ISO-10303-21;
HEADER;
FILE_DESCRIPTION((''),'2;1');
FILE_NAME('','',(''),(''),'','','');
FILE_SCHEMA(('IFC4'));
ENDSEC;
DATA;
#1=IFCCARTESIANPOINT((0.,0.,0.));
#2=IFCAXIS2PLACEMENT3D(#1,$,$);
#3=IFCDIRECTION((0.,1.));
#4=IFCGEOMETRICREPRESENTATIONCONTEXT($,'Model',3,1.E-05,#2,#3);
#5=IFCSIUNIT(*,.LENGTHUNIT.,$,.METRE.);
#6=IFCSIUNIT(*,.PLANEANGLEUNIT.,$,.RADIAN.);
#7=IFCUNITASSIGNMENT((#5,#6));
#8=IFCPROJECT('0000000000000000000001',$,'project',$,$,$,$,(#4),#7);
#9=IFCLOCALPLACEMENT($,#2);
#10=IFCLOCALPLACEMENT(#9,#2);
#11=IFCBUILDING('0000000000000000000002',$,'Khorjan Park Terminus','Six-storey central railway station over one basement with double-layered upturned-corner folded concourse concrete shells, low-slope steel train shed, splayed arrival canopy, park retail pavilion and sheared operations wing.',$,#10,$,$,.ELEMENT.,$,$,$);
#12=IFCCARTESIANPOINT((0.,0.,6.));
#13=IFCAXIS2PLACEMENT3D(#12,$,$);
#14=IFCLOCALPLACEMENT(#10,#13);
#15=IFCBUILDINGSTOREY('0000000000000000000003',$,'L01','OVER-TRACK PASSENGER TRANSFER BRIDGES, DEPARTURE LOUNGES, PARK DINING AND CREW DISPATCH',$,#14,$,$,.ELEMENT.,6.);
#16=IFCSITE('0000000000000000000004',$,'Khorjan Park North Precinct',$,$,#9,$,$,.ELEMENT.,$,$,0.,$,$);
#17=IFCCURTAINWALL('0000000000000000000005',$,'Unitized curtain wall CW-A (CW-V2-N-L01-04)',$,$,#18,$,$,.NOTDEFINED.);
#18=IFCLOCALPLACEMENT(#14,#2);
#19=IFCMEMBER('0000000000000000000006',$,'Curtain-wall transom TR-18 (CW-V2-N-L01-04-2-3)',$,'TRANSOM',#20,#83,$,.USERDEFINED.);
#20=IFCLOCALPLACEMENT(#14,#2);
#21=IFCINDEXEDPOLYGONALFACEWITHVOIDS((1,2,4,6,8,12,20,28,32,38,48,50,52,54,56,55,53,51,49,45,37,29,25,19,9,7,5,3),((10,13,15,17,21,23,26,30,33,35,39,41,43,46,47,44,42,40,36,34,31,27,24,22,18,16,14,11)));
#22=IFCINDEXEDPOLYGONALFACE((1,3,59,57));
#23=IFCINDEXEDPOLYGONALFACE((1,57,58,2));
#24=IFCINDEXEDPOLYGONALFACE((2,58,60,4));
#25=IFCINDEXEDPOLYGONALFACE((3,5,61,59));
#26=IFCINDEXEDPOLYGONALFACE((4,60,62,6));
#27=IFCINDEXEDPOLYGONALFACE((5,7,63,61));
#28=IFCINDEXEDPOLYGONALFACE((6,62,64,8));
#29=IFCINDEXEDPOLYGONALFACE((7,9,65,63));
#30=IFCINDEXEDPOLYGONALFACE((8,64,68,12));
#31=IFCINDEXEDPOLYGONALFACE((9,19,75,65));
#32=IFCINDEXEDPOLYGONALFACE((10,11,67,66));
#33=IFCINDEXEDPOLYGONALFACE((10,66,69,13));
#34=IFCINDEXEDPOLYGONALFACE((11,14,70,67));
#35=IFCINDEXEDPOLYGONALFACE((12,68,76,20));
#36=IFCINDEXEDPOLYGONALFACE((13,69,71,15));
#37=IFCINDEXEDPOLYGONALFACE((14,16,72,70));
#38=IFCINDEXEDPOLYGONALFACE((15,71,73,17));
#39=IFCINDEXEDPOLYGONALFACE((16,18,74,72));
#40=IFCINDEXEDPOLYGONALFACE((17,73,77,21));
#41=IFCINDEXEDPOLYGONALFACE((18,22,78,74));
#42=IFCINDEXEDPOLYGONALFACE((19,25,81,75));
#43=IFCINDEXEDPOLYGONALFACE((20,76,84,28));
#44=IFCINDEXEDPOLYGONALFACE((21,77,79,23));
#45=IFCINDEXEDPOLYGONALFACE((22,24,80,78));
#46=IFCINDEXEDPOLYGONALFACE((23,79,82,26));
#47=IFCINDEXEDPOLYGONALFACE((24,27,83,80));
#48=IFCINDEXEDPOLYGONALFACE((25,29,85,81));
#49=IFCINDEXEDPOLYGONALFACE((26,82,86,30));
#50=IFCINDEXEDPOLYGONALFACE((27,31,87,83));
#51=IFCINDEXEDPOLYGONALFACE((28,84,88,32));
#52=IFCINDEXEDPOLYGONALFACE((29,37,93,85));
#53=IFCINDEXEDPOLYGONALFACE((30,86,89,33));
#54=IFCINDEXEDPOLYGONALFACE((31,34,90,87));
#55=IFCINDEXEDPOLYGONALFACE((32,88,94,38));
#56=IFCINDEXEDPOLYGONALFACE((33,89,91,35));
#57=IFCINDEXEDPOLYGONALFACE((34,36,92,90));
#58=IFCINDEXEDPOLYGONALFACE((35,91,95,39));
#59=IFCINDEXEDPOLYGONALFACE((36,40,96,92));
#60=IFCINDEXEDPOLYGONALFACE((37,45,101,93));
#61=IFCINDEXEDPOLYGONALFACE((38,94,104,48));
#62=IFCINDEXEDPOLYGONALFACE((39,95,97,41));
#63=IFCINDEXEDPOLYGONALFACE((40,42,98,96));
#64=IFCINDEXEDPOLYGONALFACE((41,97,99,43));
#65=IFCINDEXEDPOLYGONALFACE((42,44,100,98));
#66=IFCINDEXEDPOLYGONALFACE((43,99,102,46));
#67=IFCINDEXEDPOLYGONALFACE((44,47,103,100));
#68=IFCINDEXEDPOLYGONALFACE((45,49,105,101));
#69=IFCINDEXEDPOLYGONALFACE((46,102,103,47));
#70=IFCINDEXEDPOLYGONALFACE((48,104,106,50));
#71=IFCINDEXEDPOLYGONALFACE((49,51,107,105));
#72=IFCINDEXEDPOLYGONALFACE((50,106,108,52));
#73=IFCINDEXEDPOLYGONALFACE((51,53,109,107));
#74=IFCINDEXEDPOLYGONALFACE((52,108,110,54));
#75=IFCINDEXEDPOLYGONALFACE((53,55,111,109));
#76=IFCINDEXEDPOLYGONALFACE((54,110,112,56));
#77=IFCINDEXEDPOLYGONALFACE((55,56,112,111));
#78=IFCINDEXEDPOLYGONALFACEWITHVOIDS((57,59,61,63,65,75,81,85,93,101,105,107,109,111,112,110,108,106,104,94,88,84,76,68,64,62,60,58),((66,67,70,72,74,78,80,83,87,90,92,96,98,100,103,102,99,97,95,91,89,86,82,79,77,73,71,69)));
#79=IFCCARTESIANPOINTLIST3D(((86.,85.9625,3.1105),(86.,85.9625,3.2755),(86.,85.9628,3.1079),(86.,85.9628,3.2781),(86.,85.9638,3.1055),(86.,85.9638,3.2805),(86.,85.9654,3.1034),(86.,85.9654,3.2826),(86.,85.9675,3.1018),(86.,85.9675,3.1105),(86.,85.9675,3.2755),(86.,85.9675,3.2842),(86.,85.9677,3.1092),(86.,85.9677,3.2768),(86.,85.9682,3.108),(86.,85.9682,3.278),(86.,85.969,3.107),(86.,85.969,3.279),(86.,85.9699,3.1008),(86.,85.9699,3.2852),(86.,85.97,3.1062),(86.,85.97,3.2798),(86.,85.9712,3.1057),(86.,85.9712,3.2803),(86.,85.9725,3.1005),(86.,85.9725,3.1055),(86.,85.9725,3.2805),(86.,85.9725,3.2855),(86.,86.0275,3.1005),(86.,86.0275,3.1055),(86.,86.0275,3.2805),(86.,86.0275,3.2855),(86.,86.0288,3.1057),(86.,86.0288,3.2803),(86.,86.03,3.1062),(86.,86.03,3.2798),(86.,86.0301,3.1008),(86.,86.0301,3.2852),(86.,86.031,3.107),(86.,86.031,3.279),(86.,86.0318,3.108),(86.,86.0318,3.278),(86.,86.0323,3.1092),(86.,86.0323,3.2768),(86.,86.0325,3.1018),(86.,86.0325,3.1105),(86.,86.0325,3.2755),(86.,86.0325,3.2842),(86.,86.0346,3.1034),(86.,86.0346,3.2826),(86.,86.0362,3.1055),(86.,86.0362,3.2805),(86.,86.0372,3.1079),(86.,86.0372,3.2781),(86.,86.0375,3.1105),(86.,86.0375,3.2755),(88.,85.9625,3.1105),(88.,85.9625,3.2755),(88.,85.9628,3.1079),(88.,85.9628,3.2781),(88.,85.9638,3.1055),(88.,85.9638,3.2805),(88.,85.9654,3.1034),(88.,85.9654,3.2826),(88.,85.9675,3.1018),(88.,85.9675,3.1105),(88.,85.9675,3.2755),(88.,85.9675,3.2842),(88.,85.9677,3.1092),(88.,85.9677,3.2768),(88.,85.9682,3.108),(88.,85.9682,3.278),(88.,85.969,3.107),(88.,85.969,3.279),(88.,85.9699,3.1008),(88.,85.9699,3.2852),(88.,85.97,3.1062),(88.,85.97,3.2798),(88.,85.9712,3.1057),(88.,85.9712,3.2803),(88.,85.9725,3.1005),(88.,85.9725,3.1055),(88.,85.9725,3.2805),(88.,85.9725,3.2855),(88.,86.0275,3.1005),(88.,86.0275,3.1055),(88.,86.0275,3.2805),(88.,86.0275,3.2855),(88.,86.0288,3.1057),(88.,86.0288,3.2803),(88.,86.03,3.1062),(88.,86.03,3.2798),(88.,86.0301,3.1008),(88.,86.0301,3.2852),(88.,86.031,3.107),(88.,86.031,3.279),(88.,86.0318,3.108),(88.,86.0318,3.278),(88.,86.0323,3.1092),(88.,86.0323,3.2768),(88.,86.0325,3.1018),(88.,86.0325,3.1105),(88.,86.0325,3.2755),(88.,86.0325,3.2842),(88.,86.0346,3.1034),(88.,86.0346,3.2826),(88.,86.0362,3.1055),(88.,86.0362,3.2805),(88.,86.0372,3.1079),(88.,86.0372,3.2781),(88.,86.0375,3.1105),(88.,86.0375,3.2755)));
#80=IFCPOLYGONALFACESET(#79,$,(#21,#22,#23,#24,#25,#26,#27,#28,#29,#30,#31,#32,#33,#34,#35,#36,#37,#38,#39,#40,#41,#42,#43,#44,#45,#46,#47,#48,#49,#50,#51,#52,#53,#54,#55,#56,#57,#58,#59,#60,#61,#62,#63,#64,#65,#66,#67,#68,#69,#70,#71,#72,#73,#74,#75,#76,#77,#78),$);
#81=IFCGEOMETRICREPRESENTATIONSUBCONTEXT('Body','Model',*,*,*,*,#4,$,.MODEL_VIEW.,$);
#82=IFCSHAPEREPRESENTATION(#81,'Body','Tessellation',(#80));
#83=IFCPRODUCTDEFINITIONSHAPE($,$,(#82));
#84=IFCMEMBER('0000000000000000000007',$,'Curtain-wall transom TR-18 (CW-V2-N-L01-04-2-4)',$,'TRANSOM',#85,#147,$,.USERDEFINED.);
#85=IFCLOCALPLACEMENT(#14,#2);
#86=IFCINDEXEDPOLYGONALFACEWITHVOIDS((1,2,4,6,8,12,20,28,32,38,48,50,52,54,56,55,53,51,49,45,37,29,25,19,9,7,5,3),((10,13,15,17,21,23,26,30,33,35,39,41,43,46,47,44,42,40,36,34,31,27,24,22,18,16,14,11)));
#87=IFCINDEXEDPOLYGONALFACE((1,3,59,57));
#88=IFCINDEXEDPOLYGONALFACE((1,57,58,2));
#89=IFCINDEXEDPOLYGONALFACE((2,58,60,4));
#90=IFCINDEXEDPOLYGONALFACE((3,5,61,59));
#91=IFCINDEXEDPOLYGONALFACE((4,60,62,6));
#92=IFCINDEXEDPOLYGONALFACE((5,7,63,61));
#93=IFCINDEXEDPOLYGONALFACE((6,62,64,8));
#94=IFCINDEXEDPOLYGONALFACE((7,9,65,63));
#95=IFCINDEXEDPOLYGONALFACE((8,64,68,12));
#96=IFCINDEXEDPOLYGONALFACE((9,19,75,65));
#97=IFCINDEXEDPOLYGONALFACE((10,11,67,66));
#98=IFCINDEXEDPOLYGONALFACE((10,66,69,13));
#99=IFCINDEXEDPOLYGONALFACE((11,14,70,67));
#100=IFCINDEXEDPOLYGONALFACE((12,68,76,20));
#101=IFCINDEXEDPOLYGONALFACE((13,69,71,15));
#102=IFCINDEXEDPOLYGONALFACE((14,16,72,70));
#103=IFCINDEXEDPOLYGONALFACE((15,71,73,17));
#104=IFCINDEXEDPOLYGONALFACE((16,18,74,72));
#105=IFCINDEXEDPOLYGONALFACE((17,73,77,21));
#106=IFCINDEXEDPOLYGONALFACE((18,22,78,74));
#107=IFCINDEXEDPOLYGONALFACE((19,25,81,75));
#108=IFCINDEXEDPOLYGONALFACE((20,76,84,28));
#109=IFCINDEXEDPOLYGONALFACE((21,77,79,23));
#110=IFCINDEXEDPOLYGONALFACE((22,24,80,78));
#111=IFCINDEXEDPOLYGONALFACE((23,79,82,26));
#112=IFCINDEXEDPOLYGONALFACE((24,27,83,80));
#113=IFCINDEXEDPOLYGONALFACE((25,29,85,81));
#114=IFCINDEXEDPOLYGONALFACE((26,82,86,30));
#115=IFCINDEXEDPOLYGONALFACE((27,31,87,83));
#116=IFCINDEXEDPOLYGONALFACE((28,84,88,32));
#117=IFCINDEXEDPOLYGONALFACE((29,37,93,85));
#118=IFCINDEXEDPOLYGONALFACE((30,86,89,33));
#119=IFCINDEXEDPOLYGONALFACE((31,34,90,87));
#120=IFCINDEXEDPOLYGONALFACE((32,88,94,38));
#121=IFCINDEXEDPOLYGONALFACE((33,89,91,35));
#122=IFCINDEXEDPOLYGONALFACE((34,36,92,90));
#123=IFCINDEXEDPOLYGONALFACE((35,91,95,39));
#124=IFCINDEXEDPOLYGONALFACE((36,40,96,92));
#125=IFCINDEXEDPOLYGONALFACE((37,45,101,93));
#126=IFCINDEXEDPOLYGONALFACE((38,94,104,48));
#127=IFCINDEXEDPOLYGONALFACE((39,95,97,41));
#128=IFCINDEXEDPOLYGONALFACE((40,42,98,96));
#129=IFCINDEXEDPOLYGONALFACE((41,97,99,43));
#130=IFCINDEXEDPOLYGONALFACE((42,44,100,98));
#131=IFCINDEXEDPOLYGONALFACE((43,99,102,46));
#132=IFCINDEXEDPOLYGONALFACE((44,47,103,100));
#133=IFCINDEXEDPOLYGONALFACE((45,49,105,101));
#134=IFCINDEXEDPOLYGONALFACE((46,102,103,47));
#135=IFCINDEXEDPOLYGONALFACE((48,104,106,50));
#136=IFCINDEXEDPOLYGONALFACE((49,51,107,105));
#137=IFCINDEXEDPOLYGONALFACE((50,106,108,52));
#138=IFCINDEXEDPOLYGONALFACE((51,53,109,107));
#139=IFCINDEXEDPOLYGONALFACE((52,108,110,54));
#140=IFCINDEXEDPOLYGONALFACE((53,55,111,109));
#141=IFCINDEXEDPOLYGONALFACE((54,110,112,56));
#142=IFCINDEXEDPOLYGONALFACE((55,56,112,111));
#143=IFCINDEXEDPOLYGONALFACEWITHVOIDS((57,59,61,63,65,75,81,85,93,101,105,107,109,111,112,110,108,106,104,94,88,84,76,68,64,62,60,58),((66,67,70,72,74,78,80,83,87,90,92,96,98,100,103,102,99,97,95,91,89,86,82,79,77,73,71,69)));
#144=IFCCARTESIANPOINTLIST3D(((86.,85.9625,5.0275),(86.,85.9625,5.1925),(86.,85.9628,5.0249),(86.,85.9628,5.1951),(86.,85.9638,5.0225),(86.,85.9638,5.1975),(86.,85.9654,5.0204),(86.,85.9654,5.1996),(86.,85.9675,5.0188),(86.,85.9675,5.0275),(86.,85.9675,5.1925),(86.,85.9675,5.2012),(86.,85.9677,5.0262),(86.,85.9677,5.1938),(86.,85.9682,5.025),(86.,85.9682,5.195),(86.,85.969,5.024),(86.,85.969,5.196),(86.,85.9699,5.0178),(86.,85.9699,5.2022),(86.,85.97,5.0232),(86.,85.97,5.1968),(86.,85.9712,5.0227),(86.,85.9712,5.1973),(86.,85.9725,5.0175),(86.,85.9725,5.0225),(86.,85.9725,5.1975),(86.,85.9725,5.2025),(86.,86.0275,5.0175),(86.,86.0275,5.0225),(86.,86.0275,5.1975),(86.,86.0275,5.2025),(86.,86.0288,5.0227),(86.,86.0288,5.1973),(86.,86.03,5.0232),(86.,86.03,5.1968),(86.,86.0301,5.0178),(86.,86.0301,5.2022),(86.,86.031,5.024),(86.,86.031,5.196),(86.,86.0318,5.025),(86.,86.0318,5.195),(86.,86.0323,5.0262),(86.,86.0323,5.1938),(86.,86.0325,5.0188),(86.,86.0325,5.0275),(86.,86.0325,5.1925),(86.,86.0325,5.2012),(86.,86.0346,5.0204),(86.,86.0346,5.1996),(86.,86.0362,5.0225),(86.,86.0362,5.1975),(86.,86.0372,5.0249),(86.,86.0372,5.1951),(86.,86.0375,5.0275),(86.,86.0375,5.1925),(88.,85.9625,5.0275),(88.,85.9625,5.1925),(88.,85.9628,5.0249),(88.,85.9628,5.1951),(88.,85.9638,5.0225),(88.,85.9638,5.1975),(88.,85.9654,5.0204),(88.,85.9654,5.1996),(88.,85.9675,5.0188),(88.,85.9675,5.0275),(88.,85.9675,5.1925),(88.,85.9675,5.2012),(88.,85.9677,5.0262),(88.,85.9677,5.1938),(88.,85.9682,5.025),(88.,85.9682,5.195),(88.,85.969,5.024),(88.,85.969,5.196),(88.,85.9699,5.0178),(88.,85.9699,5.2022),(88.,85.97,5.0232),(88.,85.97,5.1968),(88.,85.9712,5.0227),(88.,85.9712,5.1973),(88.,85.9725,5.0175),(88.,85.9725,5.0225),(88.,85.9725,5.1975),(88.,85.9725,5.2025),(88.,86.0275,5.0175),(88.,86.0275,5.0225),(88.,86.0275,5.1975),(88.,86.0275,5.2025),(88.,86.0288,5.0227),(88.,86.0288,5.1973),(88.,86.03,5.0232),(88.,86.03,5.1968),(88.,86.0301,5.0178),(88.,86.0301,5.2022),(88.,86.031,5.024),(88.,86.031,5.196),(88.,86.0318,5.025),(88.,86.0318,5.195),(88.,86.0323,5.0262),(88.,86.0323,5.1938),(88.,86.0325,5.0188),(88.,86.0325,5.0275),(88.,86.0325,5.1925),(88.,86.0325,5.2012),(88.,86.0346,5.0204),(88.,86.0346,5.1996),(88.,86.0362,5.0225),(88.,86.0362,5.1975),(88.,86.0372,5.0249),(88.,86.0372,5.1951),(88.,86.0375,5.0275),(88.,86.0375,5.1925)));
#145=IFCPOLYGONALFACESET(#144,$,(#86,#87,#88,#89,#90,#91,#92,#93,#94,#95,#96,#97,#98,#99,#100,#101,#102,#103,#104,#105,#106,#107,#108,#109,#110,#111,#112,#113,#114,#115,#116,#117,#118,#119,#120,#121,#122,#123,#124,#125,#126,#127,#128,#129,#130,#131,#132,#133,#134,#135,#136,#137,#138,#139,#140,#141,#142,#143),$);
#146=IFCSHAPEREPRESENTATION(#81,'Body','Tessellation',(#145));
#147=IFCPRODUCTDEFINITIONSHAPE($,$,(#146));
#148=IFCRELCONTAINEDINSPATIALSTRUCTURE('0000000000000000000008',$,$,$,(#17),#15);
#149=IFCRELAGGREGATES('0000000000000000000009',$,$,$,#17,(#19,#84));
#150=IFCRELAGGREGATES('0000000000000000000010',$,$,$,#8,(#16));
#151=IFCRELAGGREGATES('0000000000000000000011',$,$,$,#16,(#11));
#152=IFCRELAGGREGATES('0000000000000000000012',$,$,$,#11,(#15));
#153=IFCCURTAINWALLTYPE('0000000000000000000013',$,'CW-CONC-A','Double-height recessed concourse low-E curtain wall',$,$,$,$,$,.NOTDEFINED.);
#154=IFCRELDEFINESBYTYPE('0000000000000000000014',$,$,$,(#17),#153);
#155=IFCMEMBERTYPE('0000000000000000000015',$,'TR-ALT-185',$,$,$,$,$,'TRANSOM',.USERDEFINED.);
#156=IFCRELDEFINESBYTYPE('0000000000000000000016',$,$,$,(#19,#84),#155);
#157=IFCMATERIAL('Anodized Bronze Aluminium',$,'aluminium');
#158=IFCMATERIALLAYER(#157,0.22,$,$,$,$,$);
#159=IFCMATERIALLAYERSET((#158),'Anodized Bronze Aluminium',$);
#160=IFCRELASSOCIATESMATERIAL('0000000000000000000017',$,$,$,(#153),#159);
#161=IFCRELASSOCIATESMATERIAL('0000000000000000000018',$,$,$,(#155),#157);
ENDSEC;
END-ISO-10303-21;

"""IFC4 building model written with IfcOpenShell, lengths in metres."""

from ifc_helpers import new_model, si_unit, direction, frame, origin, origin_2d, place, context, subcontext, project, spatial, hollow_rectangle, extrude, material, layer, layer_set, material_profile, profile_set, type_object, element, aggregate, save


model = new_model("IFC4")

# Units and contexts
model_context = context("Model", 3, precision=1e-05, world=origin(), true_north=direction((0.0, 1.0)))
body_context = subcontext(model_context, "Body", "Model", "MODEL_VIEW")
ifc_project = project(units=[si_unit("LENGTHUNIT", "METRE"), si_unit("PLANEANGLEUNIT", "RADIAN")], contexts=[model_context])

# Site, building, storey
site_placement = place(None, origin())
site = spatial("IfcSite", under=ifc_project, at=site_placement, Name="Khorjan Park North Precinct", CompositionType="ELEMENT", RefElevation=0.0)
building_placement = place(site_placement, origin())
building = spatial("IfcBuilding", under=site, at=building_placement, Name="Khorjan Park Terminus", Description="Six-storey central railway station over one basement with double-layered upturned-corner folded concourse concrete shells, low-slope steel train shed, splayed arrival canopy, park retail pavilion and sheared operations wing.", CompositionType="ELEMENT")
storey_placement = place(building_placement, frame((0.0, 0.0, 6.0)))
storey = spatial("IfcBuildingStorey", under=building, at=storey_placement, Name="L01", Description="OVER-TRACK PASSENGER TRANSFER BRIDGES, DEPARTURE LOUNGES, PARK DINING AND CREW DISPATCH", CompositionType="ELEMENT", Elevation=6.0)

# Curtain wall
ifc_material_1 = material(Name="Anodized Bronze Aluminium", Category="aluminium")
ifc_layer_1 = layer(ifc_material_1, 0.22)
ifc_layer_set_1 = layer_set([ifc_layer_1], Name="Anodized Bronze Aluminium")
curtain_wall_type = type_object("IfcCurtainWallType", Name="CW-CONC-A", Description="Double-height recessed concourse low-E curtain wall", PredefinedType="NOTDEFINED", material=ifc_layer_set_1)
curtain_wall_placement = place(storey_placement, origin())
curtain_wall = element("IfcCurtainWall", 1, at=curtain_wall_placement, inside=storey, type_object=curtain_wall_type, Name="Unitized curtain wall CW-A (CW-V2-N-L01-04)", PredefinedType="NOTDEFINED")

# Members
ifc_material_profile_1 = material_profile(ifc_material_1, hollow_rectangle(XDim=0.075, YDim=0.185, WallThickness=0.005, InnerFilletRadius=0.005, OuterFilletRadius=0.01, at=origin_2d()), Name="ALT 75x185x5")
ifc_profile_set_1 = profile_set([ifc_material_profile_1], Name="Anodized Bronze Aluminium")
member_type_1 = type_object("IfcMemberType", Name="TR-ALT-185", ElementType="TRANSOM", PredefinedType="USERDEFINED", material=ifc_profile_set_1)
member_1_placement = place(storey_placement, frame((88.0, 86.0, 3.193), z_axis=(-1.0, 0.0, 0.0), x_axis=(0.0, -1.0, 0.0)))
member_1 = element("IfcMember", 2, at=member_1_placement, type_object=member_type_1, Name="Curtain-wall transom TR-18 (CW-V2-N-L01-04-2-3)", ObjectType="TRANSOM", PredefinedType="USERDEFINED", context=body_context, shape_type="SweptSolid", body=[
    extrude(hollow_rectangle(XDim=0.075, YDim=0.185, WallThickness=0.005, InnerFilletRadius=0.005, OuterFilletRadius=0.01, at=origin_2d()), origin(), (0.0, 0.0, 1.0), 2.0),
])
member_2_placement = place(storey_placement, frame((88.0, 86.0, 5.11), z_axis=(-1.0, 0.0, 0.0), x_axis=(0.0, -1.0, 0.0)))
member_2 = element("IfcMember", 3, at=member_2_placement, type_object=member_type_1, Name="Curtain-wall transom TR-18 (CW-V2-N-L01-04-2-4)", ObjectType="TRANSOM", PredefinedType="USERDEFINED", context=body_context, shape_type="SweptSolid", body=[
    extrude(hollow_rectangle(XDim=0.075, YDim=0.185, WallThickness=0.005, InnerFilletRadius=0.005, OuterFilletRadius=0.01, at=origin_2d()), origin(), (0.0, 0.0, 1.0), 2.0),
])

aggregate(curtain_wall, [member_1, member_2])

save(model, "model.ifc")
